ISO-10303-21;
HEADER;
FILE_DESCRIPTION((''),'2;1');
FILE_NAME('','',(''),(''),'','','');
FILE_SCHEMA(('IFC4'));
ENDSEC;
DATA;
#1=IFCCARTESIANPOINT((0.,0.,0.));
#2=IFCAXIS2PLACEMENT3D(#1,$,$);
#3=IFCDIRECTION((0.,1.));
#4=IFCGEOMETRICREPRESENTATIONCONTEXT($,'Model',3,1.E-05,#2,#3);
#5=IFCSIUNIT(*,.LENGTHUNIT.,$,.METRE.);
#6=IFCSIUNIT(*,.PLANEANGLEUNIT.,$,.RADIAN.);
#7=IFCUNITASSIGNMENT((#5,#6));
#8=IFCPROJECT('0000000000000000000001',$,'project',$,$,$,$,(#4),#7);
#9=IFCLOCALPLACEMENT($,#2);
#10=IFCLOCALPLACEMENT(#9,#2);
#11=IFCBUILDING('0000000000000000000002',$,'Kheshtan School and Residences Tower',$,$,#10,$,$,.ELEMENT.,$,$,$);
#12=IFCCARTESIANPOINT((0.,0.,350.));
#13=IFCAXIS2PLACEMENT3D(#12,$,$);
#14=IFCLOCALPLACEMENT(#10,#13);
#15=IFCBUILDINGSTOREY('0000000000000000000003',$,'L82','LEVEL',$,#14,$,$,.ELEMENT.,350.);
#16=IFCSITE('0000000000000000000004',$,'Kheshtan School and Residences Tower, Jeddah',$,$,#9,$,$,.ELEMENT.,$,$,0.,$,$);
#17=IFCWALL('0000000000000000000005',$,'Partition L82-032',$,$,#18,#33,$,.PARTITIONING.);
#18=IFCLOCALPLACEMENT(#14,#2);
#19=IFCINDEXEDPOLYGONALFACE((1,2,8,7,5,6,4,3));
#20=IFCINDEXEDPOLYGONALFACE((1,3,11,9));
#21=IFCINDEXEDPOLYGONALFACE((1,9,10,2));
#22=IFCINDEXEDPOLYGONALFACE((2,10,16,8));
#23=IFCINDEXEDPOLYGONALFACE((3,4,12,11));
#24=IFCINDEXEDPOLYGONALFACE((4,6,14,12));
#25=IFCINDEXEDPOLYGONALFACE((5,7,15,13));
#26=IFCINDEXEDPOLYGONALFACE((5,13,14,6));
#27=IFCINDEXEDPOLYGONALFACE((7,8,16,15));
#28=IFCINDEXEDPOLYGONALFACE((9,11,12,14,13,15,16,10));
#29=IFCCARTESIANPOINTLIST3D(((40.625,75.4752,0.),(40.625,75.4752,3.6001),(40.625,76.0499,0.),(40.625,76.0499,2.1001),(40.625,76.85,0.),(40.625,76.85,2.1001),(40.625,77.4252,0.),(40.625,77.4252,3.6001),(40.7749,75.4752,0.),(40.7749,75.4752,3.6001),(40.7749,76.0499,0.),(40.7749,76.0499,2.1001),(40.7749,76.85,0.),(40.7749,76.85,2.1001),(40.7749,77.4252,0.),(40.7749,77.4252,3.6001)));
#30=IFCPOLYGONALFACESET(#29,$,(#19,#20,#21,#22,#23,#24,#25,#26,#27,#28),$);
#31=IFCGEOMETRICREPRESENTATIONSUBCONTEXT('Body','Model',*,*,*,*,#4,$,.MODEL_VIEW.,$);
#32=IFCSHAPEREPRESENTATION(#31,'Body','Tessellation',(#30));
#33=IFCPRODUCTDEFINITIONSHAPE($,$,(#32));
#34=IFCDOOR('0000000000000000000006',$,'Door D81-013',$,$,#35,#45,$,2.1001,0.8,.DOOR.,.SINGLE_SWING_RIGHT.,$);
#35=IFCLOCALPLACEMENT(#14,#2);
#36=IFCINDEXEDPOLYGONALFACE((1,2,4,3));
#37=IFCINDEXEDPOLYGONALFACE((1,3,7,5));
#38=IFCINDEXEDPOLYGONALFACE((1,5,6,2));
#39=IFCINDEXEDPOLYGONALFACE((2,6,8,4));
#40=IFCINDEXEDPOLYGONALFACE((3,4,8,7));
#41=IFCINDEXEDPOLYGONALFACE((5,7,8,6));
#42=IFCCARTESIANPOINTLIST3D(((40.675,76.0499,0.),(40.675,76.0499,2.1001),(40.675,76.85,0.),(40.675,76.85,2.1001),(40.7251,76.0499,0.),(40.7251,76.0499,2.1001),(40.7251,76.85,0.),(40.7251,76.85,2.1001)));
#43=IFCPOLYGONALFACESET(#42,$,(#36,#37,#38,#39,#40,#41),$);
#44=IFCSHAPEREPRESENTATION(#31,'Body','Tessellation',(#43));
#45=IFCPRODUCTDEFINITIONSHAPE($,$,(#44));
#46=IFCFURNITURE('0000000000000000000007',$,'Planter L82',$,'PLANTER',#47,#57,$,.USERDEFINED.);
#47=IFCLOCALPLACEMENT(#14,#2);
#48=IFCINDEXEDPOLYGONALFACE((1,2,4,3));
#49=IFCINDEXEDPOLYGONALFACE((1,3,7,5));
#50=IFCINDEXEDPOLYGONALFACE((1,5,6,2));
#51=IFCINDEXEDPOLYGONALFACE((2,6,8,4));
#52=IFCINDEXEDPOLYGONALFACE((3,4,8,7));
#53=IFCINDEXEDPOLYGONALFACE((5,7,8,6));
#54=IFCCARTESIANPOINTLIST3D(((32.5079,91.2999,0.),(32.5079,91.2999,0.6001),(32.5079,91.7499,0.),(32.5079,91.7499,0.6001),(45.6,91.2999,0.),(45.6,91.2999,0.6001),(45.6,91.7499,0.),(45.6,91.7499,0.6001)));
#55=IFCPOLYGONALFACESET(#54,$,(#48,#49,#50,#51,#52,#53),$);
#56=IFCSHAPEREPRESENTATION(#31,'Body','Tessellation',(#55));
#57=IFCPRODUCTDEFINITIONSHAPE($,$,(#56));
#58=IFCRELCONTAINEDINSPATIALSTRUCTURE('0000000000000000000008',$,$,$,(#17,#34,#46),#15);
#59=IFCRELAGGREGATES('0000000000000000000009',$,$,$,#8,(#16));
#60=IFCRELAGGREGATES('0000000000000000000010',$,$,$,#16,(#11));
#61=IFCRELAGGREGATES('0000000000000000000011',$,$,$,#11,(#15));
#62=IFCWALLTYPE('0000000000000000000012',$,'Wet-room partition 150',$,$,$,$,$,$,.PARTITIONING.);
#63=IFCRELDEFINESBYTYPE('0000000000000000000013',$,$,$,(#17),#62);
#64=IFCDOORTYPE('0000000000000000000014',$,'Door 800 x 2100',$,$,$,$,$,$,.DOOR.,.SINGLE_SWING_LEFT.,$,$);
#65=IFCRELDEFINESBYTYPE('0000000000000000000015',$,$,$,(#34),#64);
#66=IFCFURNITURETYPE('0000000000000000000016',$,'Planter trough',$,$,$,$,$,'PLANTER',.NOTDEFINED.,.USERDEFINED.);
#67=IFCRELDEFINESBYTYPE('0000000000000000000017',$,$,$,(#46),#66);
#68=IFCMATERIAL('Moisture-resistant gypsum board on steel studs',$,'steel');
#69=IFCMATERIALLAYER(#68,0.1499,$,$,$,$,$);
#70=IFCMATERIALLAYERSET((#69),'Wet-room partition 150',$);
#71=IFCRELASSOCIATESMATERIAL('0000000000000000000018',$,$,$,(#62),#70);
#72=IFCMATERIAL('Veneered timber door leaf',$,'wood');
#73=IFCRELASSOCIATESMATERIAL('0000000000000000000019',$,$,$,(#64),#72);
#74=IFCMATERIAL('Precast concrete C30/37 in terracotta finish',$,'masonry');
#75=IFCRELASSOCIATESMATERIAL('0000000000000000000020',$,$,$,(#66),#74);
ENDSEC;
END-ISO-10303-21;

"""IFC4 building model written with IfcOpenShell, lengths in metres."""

from ifc_helpers import new_model, si_unit, direction, frame, frame_2d, origin, origin_2d, place, context, subcontext, project, spatial, rectangle, extrude, source, transform, mapped, material, layer, layer_set, type_object, element, fill, save


model = new_model("IFC4")

# Units and contexts
model_context = context("Model", 3, precision=1e-05, world=origin(), true_north=direction((0.0, 1.0)))
body_context = subcontext(model_context, "Body", "Model", "MODEL_VIEW")
ifc_project = project(units=[si_unit("LENGTHUNIT", "METRE"), si_unit("PLANEANGLEUNIT", "RADIAN")], contexts=[model_context])

# Site, building, storey
site_placement = place(None, origin())
site = spatial("IfcSite", under=ifc_project, at=site_placement, Name="Kheshtan School and Residences Tower, Jeddah", CompositionType="ELEMENT", RefElevation=0.0)
building_placement = place(site_placement, origin())
building = spatial("IfcBuilding", under=site, at=building_placement, Name="Kheshtan School and Residences Tower", CompositionType="ELEMENT")
storey_placement = place(building_placement, frame((0.0, 0.0, 350.0)))
storey = spatial("IfcBuildingStorey", under=building, at=storey_placement, Name="L82", Description="LEVEL", CompositionType="ELEMENT", Elevation=350.0)

# Shared definitions
ifc_material_1 = material(Name="Moisture-resistant gypsum board on steel studs", Category="steel")
ifc_layer_1 = layer(ifc_material_1, 0.1499)
ifc_layer_set_1 = layer_set([ifc_layer_1], Name="Wet-room partition 150")
wall_type_1 = type_object("IfcWallType", Name="Wet-room partition 150", PredefinedType="PARTITIONING", material=ifc_layer_set_1)

# Wall, opening, door
wall_1_placement = place(storey_placement, frame((40.7, 75.4751, 0.0), z_axis=(0.0, 0.0, 1.0), x_axis=(0.0, 1.0, 0.0)))
wall_1 = element("IfcWall", 1, at=wall_1_placement, inside=storey, type_object=wall_type_1, Name="Partition L82-032", PredefinedType="PARTITIONING", context=body_context, shape_type="SweptSolid", body=[
    extrude(rectangle(XDim=1.95, YDim=0.1499, at=frame_2d((0.9751, 0.0))), origin(), (0.0, 0.0, 1.0), 3.6001),
])
opening_1_placement = place(wall_1_placement, frame((0.575, 0.0, 0.0)))
opening_1 = element("IfcOpeningElement", 2, at=opening_1_placement, cuts=wall_1, PredefinedType="OPENING", context=body_context, shape_type="SweptSolid", body=[
    extrude(rectangle(XDim=0.8, YDim=2.1001, at=frame_2d((0.3999, 1.05))), frame((0.0, 0.085, 0.0), z_axis=(0.0, -1.0, 0.0), x_axis=(1.0, 0.0, 0.0)), (0.0, 0.0, 1.0), 0.1699),
])
ifc_material_2 = material(Name="Veneered timber door leaf", Category="wood")
door_type_1 = type_object("IfcDoorType", Name="Door 800 x 2100", OperationType="SINGLE_SWING_LEFT", PredefinedType="DOOR", material=ifc_material_2)
shared_shape_1 = source(origin(), body_context, "Body", "SweptSolid", [
    extrude(rectangle(XDim=0.8, YDim=2.1001, at=frame_2d((0.3999, 1.05))), frame((0.0, 0.0249, 0.0), z_axis=(0.0, -1.0, 0.0), x_axis=(1.0, 0.0, 0.0)), (0.0, 0.0, 1.0), 0.05),
])
door_1_placement = place(opening_1_placement, origin())
door_1 = element("IfcDoor", 3, at=door_1_placement, inside=storey, type_object=door_type_1, Name="Door D81-013", OperationType="SINGLE_SWING_RIGHT", OverallHeight=2.1001, OverallWidth=0.8, PredefinedType="DOOR", context=body_context, shape_type="MappedRepresentation", body=[
    mapped(shared_shape_1, transform((0.0, 0.0, 0.0), x_axis=(1.0, 0.0, 0.0), y_axis=(0.0, 1.0, 0.0), z_axis=(0.0, 0.0, 1.0), scale=1.0)),
])
fill(opening_1, door_1)

# Furniture
ifc_material_3 = material(Name="Precast concrete C30/37 in terracotta finish", Category="masonry")
furniture_type = type_object("IfcFurnitureType", Name="Planter trough", ElementType="PLANTER", AssemblyPlace="NOTDEFINED", PredefinedType="USERDEFINED", material=ifc_material_3)
furniture_placement = place(storey_placement, frame((39.054, 91.5249, 0.0), z_axis=(0.0, 0.0, 1.0), x_axis=(1.0, 0.0, 0.0)))
element("IfcFurniture", 4, at=furniture_placement, inside=storey, type_object=furniture_type, Name="Planter L82", ObjectType="PLANTER", PredefinedType="USERDEFINED", context=body_context, shape_type="SweptSolid", body=[
    extrude(rectangle(XDim=13.092, YDim=0.45, at=origin_2d()), origin(), (0.0, 0.0, 1.0), 0.6001),
])

save(model, "model.ifc")
